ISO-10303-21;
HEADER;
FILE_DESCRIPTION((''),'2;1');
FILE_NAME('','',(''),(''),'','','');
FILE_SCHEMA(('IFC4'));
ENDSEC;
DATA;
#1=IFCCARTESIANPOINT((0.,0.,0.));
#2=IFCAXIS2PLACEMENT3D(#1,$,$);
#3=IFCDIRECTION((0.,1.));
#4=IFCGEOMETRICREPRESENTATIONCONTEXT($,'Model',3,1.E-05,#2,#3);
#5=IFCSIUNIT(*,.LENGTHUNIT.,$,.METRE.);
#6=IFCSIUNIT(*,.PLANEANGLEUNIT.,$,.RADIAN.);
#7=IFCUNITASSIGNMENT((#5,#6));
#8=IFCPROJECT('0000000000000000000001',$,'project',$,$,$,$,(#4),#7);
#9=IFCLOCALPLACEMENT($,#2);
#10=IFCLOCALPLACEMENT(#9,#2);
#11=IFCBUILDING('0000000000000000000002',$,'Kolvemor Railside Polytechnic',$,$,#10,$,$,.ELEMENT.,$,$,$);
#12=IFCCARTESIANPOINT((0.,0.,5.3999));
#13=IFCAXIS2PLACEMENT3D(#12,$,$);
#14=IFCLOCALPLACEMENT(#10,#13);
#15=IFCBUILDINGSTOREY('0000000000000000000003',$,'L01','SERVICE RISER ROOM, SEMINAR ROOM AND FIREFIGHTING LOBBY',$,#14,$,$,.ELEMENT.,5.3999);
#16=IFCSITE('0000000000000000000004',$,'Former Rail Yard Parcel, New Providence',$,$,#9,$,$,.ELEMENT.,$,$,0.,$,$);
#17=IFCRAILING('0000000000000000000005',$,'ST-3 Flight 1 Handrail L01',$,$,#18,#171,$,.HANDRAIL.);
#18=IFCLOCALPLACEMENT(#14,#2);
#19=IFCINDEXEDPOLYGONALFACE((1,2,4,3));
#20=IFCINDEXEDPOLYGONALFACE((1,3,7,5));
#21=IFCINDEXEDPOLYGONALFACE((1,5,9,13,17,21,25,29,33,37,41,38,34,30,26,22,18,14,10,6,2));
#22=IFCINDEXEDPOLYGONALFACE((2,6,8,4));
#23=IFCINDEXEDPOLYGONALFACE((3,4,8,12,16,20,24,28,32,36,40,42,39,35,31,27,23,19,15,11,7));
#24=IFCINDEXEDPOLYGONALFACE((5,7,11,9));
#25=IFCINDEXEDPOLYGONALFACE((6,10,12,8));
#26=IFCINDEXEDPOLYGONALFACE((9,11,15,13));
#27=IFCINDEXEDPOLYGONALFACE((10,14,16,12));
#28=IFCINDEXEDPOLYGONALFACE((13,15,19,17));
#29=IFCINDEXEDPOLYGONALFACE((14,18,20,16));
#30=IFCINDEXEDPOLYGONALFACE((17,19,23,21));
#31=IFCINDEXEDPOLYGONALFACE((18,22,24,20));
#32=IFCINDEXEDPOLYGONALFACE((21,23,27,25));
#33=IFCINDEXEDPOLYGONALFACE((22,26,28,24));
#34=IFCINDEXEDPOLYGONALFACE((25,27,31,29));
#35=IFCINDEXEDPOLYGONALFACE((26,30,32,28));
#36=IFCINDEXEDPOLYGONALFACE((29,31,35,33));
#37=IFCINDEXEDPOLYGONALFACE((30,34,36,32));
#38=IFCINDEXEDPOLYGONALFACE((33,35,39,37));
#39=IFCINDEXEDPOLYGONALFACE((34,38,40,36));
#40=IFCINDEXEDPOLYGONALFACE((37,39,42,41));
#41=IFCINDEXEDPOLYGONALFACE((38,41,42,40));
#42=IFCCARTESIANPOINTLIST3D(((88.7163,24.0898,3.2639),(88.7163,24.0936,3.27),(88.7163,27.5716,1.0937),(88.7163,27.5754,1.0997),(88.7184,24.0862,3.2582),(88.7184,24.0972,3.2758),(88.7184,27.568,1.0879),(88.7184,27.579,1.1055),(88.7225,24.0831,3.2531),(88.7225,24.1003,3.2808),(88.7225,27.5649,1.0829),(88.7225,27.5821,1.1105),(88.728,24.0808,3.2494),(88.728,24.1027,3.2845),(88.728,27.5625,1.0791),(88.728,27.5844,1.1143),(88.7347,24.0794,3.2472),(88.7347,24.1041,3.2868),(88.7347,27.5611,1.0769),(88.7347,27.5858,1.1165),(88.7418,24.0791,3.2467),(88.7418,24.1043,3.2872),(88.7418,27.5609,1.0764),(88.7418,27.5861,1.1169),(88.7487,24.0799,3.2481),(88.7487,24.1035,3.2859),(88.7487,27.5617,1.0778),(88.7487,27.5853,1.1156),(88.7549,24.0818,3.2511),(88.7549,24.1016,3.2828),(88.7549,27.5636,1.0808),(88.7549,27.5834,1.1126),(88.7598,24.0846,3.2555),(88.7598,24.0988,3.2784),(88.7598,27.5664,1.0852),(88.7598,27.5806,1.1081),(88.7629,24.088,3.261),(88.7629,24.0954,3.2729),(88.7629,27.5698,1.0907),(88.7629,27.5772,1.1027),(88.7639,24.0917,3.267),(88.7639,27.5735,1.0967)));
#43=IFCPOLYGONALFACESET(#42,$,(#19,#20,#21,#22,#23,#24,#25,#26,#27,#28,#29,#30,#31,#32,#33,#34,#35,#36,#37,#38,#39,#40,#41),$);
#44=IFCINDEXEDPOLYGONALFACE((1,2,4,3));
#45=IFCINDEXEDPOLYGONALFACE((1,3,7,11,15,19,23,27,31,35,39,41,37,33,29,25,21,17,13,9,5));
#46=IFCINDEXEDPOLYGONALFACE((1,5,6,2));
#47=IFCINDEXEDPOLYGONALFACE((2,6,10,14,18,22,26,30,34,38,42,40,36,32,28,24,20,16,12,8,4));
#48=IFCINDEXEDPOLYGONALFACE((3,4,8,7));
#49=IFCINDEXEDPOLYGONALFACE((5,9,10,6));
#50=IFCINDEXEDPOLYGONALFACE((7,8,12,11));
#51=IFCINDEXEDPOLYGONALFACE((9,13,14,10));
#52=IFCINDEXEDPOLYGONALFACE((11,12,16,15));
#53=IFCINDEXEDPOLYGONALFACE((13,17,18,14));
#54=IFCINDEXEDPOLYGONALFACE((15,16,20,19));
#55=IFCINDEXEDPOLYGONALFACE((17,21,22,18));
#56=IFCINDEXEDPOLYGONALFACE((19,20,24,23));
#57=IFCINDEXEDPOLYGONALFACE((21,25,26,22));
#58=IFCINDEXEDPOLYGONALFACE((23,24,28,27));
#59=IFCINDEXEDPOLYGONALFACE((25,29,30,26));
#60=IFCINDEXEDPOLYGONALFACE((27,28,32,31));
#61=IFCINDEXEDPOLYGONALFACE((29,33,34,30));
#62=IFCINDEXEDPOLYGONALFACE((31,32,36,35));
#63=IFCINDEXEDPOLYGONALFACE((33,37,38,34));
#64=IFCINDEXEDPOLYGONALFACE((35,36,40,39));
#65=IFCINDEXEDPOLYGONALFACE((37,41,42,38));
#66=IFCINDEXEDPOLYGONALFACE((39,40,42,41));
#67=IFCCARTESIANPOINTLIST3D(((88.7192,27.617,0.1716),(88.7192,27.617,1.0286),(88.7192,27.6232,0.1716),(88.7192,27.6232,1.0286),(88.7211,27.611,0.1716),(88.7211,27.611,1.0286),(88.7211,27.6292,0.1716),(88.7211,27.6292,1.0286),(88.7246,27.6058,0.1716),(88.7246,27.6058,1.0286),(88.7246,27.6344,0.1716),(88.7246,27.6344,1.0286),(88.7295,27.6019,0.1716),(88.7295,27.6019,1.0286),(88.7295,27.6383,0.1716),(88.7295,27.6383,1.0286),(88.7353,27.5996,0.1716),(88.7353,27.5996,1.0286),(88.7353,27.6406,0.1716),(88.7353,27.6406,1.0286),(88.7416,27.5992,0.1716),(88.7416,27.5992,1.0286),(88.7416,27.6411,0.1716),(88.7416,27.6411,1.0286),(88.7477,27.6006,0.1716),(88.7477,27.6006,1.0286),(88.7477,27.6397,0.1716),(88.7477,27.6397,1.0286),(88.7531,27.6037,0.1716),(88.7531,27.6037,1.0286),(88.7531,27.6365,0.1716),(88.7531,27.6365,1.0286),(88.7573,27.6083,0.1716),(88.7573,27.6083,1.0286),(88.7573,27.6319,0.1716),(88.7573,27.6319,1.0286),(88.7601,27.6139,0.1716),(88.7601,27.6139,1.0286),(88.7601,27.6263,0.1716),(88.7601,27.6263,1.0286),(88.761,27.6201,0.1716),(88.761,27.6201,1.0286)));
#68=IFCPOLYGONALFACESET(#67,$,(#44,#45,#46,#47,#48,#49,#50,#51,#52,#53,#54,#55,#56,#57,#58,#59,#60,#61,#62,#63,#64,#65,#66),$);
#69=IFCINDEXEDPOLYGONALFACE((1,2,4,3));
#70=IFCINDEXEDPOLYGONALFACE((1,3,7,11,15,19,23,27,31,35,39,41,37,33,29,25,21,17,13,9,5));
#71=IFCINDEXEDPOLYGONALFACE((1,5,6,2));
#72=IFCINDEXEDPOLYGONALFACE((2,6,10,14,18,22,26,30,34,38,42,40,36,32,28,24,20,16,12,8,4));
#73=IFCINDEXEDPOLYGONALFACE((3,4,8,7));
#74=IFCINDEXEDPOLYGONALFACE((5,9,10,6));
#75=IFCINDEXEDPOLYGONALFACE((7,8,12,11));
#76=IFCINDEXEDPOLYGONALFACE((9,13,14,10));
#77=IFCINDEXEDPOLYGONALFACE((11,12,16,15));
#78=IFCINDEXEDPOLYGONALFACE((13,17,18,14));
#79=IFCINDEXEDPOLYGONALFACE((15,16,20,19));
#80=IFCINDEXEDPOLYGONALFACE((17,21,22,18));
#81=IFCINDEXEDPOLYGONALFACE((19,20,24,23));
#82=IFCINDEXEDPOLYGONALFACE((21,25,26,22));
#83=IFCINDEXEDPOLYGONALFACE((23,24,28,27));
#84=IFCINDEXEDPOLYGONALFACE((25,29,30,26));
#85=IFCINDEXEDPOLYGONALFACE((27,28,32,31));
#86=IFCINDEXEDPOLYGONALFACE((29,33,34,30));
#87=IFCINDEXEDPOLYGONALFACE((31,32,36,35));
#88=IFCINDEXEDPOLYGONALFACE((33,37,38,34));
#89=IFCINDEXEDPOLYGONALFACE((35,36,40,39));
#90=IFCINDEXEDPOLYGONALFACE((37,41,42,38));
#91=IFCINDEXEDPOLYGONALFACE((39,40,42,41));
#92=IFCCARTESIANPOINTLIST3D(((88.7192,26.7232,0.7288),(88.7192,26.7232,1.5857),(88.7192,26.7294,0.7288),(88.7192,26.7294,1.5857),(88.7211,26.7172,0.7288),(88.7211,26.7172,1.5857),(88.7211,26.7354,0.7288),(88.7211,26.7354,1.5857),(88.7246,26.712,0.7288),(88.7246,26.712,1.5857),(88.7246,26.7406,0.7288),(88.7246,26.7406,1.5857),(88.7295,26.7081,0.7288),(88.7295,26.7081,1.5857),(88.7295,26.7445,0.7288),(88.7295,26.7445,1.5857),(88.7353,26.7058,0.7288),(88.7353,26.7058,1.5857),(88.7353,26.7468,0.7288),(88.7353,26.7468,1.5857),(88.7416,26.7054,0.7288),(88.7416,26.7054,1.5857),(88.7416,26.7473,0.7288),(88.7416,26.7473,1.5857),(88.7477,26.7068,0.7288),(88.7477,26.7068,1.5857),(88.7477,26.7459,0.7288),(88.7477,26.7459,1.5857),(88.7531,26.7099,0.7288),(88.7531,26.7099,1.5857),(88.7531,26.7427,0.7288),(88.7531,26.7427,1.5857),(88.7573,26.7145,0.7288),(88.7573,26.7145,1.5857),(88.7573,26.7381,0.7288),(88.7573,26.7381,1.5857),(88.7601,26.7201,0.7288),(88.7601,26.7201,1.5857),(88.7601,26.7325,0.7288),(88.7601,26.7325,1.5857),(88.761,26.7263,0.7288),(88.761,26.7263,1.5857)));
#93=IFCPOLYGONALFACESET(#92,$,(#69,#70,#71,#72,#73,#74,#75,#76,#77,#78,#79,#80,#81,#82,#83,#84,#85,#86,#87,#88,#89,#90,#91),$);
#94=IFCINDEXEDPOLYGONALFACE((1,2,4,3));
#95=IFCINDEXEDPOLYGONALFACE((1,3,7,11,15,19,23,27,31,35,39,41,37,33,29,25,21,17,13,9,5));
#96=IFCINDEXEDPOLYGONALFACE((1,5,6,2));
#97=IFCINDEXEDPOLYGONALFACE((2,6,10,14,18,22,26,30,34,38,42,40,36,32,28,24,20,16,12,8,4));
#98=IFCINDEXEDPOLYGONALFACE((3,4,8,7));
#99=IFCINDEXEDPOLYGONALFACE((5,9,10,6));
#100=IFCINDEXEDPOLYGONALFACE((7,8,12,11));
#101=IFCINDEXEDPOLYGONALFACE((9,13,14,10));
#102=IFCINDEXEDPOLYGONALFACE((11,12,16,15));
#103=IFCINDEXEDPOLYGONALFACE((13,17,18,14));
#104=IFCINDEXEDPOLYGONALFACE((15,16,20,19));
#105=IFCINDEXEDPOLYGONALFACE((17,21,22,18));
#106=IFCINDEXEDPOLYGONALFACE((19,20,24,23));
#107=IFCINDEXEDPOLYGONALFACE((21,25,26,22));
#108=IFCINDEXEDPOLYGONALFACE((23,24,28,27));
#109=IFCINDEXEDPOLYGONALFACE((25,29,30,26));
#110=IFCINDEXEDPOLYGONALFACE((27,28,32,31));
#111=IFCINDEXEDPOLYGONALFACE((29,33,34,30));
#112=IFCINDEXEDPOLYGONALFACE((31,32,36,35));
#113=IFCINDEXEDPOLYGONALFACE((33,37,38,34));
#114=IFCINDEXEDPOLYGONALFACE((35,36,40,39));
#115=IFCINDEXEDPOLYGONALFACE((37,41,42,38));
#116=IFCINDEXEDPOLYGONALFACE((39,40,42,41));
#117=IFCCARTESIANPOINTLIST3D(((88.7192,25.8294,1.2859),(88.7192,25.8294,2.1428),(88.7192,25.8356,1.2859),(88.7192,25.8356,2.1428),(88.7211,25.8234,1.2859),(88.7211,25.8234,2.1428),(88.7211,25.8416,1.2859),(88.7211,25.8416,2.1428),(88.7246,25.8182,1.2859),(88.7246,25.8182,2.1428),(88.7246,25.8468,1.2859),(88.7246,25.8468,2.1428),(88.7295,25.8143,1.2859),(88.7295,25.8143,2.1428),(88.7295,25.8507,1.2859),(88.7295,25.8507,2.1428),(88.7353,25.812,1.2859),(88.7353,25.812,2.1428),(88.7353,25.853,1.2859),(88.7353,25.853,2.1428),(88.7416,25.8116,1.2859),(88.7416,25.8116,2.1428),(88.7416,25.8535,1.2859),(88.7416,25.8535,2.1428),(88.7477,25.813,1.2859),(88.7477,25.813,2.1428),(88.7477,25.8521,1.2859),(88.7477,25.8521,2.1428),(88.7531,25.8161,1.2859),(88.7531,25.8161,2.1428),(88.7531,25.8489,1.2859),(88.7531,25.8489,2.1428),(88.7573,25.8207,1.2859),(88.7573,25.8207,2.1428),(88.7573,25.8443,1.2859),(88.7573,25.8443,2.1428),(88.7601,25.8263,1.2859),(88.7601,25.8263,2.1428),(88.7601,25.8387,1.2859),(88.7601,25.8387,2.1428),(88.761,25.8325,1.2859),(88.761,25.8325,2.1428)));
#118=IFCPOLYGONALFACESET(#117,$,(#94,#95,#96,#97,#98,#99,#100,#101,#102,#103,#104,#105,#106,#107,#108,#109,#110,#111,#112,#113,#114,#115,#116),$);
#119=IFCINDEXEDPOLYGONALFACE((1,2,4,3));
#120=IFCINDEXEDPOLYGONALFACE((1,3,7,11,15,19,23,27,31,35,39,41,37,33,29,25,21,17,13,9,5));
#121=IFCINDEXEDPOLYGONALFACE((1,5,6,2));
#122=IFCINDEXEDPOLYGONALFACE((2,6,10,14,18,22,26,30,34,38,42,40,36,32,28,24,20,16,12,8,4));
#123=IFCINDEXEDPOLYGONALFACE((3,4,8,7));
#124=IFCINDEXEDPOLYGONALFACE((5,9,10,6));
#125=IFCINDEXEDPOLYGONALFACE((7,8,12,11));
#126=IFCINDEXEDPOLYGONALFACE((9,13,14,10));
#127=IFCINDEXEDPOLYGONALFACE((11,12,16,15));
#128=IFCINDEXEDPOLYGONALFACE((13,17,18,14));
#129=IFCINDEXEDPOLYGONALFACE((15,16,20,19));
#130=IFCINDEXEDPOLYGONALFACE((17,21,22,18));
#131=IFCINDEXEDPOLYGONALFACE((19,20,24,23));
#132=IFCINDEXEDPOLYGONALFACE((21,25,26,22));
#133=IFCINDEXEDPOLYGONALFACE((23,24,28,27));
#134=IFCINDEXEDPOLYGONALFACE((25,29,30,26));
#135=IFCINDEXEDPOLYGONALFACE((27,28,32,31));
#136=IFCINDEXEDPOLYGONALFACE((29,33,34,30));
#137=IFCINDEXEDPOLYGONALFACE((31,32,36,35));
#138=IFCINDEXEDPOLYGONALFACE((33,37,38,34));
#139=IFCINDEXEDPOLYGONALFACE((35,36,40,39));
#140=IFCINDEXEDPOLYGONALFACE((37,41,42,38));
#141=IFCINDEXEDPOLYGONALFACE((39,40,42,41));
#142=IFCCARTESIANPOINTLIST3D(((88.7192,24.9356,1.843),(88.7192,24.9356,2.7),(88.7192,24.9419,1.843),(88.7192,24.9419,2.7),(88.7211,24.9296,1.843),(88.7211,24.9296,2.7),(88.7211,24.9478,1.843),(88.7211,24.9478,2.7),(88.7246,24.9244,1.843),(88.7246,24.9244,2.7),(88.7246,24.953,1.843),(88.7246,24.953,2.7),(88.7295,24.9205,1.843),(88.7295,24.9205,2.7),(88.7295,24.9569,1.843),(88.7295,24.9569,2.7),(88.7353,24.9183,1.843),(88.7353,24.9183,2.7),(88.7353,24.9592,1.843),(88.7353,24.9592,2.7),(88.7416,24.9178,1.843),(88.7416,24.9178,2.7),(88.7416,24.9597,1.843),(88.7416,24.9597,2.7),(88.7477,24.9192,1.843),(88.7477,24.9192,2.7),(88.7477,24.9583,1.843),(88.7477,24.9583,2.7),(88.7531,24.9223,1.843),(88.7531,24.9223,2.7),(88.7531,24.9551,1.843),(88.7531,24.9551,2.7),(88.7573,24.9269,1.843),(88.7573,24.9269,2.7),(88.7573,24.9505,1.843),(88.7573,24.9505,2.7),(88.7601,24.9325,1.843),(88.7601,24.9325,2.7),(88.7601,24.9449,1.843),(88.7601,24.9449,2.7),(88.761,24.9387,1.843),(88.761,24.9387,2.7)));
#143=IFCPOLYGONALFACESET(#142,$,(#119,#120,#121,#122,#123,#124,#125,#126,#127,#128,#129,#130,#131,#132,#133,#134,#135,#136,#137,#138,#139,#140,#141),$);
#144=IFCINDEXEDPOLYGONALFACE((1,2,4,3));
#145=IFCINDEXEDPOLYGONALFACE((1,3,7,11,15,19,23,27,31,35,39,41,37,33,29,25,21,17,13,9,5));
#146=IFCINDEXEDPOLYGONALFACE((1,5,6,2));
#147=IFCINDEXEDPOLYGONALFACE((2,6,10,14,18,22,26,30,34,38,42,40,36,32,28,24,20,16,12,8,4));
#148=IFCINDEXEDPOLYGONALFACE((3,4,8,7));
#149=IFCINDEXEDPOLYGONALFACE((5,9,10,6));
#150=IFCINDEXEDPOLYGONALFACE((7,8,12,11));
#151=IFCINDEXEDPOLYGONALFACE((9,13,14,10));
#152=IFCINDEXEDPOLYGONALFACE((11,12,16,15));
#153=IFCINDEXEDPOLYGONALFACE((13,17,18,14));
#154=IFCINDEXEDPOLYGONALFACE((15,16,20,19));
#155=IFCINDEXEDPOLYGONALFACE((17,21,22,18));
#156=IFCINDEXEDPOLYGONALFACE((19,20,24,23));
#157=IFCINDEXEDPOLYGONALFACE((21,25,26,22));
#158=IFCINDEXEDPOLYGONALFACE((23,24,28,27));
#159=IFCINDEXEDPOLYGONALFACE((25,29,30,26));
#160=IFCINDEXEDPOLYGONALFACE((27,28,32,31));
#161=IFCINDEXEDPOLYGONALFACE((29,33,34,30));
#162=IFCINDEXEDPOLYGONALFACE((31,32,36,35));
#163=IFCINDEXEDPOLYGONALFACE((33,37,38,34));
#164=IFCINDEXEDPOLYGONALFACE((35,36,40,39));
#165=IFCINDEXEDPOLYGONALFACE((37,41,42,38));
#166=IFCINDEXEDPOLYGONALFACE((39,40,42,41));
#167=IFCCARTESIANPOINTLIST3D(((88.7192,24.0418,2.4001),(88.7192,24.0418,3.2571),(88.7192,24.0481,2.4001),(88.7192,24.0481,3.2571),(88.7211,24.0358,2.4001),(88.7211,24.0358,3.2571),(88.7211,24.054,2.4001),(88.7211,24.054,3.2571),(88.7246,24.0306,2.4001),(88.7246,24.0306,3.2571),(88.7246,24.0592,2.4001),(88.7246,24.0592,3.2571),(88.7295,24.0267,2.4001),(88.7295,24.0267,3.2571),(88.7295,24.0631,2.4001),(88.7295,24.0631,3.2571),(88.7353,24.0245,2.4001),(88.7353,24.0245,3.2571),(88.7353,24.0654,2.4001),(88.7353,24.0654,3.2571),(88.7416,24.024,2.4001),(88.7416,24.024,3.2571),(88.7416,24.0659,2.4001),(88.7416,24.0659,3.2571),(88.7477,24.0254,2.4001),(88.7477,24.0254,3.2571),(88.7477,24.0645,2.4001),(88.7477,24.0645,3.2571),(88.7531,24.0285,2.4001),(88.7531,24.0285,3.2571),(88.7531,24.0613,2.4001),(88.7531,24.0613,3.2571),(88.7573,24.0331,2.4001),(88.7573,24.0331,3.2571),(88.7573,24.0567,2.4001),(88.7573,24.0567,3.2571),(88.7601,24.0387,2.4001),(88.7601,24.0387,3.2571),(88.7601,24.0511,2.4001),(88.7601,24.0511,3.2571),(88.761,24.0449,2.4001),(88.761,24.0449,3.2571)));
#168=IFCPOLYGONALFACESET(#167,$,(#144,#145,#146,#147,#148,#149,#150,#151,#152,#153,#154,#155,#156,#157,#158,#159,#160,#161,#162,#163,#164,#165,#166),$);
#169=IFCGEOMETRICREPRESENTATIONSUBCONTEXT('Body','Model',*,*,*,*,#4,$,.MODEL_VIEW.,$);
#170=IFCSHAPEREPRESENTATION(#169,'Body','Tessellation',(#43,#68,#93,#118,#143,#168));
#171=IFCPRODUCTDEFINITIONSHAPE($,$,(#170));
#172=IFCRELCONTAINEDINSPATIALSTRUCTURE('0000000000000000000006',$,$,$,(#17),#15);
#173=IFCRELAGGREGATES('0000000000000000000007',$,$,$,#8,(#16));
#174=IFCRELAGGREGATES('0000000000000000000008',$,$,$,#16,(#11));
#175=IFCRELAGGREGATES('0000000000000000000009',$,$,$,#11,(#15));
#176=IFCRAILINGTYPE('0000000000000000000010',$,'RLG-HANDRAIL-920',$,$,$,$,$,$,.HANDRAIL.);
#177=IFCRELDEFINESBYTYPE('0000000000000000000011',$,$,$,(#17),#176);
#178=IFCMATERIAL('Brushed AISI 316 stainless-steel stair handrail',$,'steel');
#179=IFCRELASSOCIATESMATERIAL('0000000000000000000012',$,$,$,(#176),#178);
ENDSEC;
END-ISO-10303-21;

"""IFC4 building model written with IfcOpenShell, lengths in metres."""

from ifc_helpers import new_model, si_unit, direction, frame, origin, origin_2d, place, context, subcontext, project, spatial, circle, extrude, material, type_object, element, save


model = new_model("IFC4")

# Units and contexts
model_context = context("Model", 3, precision=1e-05, world=origin(), true_north=direction((0.0, 1.0)))
body_context = subcontext(model_context, "Body", "Model", "MODEL_VIEW")
ifc_project = project(units=[si_unit("LENGTHUNIT", "METRE"), si_unit("PLANEANGLEUNIT", "RADIAN")], contexts=[model_context])

# Site, building, storey
site_placement = place(None, origin())
site = spatial("IfcSite", under=ifc_project, at=site_placement, Name="Former Rail Yard Parcel, New Providence", CompositionType="ELEMENT", RefElevation=0.0)
building_placement = place(site_placement, origin())
building = spatial("IfcBuilding", under=site, at=building_placement, Name="Kolvemor Railside Polytechnic", CompositionType="ELEMENT")
storey_placement = place(building_placement, frame((0.0, 0.0, 5.3999)))
storey = spatial("IfcBuildingStorey", under=building, at=storey_placement, Name="L01", Description="SERVICE RISER ROOM, SEMINAR ROOM AND FIREFIGHTING LOBBY", CompositionType="ELEMENT", Elevation=5.3999)

# Railing
ifc_material_1 = material(Name="Brushed AISI 316 stainless-steel stair handrail", Category="steel")
railing_type_1 = type_object("IfcRailingType", Name="RLG-HANDRAIL-920", PredefinedType="HANDRAIL", material=ifc_material_1)
railing_1_placement = place(storey_placement, frame((88.74, 27.6201, 0.1716)))
element("IfcRailing", 1, at=railing_1_placement, inside=storey, type_object=railing_type_1, Name="ST-3 Flight 1 Handrail L01", PredefinedType="HANDRAIL", context=body_context, shape_type="SweptSolid", body=[
    extrude(circle(Radius=0.0239, at=origin_2d()), frame((0.0, -0.0466, 0.925), z_axis=(0.0, -0.848636, 0.528978), x_axis=(1.0, 0.0, 0.0)), (0.0, 0.0, 1.0), 4.1028),
    extrude(circle(Radius=0.021, at=origin_2d()), origin(), (0.0, 0.0, 1.0), 0.8569),
    extrude(circle(Radius=0.021, at=origin_2d()), frame((0.0, -0.8938, 0.5571)), (0.0, 0.0, 1.0), 0.8569),
    extrude(circle(Radius=0.021, at=origin_2d()), frame((0.0, -1.7876, 1.1143)), (0.0, 0.0, 1.0), 0.8569),
    extrude(circle(Radius=0.021, at=origin_2d()), frame((0.0, -2.6814, 1.6714)), (0.0, 0.0, 1.0), 0.8569),
    extrude(circle(Radius=0.021, at=origin_2d()), frame((0.0, -3.5752, 2.2285)), (0.0, 0.0, 1.0), 0.8569),
])

save(model, "model.ifc")
